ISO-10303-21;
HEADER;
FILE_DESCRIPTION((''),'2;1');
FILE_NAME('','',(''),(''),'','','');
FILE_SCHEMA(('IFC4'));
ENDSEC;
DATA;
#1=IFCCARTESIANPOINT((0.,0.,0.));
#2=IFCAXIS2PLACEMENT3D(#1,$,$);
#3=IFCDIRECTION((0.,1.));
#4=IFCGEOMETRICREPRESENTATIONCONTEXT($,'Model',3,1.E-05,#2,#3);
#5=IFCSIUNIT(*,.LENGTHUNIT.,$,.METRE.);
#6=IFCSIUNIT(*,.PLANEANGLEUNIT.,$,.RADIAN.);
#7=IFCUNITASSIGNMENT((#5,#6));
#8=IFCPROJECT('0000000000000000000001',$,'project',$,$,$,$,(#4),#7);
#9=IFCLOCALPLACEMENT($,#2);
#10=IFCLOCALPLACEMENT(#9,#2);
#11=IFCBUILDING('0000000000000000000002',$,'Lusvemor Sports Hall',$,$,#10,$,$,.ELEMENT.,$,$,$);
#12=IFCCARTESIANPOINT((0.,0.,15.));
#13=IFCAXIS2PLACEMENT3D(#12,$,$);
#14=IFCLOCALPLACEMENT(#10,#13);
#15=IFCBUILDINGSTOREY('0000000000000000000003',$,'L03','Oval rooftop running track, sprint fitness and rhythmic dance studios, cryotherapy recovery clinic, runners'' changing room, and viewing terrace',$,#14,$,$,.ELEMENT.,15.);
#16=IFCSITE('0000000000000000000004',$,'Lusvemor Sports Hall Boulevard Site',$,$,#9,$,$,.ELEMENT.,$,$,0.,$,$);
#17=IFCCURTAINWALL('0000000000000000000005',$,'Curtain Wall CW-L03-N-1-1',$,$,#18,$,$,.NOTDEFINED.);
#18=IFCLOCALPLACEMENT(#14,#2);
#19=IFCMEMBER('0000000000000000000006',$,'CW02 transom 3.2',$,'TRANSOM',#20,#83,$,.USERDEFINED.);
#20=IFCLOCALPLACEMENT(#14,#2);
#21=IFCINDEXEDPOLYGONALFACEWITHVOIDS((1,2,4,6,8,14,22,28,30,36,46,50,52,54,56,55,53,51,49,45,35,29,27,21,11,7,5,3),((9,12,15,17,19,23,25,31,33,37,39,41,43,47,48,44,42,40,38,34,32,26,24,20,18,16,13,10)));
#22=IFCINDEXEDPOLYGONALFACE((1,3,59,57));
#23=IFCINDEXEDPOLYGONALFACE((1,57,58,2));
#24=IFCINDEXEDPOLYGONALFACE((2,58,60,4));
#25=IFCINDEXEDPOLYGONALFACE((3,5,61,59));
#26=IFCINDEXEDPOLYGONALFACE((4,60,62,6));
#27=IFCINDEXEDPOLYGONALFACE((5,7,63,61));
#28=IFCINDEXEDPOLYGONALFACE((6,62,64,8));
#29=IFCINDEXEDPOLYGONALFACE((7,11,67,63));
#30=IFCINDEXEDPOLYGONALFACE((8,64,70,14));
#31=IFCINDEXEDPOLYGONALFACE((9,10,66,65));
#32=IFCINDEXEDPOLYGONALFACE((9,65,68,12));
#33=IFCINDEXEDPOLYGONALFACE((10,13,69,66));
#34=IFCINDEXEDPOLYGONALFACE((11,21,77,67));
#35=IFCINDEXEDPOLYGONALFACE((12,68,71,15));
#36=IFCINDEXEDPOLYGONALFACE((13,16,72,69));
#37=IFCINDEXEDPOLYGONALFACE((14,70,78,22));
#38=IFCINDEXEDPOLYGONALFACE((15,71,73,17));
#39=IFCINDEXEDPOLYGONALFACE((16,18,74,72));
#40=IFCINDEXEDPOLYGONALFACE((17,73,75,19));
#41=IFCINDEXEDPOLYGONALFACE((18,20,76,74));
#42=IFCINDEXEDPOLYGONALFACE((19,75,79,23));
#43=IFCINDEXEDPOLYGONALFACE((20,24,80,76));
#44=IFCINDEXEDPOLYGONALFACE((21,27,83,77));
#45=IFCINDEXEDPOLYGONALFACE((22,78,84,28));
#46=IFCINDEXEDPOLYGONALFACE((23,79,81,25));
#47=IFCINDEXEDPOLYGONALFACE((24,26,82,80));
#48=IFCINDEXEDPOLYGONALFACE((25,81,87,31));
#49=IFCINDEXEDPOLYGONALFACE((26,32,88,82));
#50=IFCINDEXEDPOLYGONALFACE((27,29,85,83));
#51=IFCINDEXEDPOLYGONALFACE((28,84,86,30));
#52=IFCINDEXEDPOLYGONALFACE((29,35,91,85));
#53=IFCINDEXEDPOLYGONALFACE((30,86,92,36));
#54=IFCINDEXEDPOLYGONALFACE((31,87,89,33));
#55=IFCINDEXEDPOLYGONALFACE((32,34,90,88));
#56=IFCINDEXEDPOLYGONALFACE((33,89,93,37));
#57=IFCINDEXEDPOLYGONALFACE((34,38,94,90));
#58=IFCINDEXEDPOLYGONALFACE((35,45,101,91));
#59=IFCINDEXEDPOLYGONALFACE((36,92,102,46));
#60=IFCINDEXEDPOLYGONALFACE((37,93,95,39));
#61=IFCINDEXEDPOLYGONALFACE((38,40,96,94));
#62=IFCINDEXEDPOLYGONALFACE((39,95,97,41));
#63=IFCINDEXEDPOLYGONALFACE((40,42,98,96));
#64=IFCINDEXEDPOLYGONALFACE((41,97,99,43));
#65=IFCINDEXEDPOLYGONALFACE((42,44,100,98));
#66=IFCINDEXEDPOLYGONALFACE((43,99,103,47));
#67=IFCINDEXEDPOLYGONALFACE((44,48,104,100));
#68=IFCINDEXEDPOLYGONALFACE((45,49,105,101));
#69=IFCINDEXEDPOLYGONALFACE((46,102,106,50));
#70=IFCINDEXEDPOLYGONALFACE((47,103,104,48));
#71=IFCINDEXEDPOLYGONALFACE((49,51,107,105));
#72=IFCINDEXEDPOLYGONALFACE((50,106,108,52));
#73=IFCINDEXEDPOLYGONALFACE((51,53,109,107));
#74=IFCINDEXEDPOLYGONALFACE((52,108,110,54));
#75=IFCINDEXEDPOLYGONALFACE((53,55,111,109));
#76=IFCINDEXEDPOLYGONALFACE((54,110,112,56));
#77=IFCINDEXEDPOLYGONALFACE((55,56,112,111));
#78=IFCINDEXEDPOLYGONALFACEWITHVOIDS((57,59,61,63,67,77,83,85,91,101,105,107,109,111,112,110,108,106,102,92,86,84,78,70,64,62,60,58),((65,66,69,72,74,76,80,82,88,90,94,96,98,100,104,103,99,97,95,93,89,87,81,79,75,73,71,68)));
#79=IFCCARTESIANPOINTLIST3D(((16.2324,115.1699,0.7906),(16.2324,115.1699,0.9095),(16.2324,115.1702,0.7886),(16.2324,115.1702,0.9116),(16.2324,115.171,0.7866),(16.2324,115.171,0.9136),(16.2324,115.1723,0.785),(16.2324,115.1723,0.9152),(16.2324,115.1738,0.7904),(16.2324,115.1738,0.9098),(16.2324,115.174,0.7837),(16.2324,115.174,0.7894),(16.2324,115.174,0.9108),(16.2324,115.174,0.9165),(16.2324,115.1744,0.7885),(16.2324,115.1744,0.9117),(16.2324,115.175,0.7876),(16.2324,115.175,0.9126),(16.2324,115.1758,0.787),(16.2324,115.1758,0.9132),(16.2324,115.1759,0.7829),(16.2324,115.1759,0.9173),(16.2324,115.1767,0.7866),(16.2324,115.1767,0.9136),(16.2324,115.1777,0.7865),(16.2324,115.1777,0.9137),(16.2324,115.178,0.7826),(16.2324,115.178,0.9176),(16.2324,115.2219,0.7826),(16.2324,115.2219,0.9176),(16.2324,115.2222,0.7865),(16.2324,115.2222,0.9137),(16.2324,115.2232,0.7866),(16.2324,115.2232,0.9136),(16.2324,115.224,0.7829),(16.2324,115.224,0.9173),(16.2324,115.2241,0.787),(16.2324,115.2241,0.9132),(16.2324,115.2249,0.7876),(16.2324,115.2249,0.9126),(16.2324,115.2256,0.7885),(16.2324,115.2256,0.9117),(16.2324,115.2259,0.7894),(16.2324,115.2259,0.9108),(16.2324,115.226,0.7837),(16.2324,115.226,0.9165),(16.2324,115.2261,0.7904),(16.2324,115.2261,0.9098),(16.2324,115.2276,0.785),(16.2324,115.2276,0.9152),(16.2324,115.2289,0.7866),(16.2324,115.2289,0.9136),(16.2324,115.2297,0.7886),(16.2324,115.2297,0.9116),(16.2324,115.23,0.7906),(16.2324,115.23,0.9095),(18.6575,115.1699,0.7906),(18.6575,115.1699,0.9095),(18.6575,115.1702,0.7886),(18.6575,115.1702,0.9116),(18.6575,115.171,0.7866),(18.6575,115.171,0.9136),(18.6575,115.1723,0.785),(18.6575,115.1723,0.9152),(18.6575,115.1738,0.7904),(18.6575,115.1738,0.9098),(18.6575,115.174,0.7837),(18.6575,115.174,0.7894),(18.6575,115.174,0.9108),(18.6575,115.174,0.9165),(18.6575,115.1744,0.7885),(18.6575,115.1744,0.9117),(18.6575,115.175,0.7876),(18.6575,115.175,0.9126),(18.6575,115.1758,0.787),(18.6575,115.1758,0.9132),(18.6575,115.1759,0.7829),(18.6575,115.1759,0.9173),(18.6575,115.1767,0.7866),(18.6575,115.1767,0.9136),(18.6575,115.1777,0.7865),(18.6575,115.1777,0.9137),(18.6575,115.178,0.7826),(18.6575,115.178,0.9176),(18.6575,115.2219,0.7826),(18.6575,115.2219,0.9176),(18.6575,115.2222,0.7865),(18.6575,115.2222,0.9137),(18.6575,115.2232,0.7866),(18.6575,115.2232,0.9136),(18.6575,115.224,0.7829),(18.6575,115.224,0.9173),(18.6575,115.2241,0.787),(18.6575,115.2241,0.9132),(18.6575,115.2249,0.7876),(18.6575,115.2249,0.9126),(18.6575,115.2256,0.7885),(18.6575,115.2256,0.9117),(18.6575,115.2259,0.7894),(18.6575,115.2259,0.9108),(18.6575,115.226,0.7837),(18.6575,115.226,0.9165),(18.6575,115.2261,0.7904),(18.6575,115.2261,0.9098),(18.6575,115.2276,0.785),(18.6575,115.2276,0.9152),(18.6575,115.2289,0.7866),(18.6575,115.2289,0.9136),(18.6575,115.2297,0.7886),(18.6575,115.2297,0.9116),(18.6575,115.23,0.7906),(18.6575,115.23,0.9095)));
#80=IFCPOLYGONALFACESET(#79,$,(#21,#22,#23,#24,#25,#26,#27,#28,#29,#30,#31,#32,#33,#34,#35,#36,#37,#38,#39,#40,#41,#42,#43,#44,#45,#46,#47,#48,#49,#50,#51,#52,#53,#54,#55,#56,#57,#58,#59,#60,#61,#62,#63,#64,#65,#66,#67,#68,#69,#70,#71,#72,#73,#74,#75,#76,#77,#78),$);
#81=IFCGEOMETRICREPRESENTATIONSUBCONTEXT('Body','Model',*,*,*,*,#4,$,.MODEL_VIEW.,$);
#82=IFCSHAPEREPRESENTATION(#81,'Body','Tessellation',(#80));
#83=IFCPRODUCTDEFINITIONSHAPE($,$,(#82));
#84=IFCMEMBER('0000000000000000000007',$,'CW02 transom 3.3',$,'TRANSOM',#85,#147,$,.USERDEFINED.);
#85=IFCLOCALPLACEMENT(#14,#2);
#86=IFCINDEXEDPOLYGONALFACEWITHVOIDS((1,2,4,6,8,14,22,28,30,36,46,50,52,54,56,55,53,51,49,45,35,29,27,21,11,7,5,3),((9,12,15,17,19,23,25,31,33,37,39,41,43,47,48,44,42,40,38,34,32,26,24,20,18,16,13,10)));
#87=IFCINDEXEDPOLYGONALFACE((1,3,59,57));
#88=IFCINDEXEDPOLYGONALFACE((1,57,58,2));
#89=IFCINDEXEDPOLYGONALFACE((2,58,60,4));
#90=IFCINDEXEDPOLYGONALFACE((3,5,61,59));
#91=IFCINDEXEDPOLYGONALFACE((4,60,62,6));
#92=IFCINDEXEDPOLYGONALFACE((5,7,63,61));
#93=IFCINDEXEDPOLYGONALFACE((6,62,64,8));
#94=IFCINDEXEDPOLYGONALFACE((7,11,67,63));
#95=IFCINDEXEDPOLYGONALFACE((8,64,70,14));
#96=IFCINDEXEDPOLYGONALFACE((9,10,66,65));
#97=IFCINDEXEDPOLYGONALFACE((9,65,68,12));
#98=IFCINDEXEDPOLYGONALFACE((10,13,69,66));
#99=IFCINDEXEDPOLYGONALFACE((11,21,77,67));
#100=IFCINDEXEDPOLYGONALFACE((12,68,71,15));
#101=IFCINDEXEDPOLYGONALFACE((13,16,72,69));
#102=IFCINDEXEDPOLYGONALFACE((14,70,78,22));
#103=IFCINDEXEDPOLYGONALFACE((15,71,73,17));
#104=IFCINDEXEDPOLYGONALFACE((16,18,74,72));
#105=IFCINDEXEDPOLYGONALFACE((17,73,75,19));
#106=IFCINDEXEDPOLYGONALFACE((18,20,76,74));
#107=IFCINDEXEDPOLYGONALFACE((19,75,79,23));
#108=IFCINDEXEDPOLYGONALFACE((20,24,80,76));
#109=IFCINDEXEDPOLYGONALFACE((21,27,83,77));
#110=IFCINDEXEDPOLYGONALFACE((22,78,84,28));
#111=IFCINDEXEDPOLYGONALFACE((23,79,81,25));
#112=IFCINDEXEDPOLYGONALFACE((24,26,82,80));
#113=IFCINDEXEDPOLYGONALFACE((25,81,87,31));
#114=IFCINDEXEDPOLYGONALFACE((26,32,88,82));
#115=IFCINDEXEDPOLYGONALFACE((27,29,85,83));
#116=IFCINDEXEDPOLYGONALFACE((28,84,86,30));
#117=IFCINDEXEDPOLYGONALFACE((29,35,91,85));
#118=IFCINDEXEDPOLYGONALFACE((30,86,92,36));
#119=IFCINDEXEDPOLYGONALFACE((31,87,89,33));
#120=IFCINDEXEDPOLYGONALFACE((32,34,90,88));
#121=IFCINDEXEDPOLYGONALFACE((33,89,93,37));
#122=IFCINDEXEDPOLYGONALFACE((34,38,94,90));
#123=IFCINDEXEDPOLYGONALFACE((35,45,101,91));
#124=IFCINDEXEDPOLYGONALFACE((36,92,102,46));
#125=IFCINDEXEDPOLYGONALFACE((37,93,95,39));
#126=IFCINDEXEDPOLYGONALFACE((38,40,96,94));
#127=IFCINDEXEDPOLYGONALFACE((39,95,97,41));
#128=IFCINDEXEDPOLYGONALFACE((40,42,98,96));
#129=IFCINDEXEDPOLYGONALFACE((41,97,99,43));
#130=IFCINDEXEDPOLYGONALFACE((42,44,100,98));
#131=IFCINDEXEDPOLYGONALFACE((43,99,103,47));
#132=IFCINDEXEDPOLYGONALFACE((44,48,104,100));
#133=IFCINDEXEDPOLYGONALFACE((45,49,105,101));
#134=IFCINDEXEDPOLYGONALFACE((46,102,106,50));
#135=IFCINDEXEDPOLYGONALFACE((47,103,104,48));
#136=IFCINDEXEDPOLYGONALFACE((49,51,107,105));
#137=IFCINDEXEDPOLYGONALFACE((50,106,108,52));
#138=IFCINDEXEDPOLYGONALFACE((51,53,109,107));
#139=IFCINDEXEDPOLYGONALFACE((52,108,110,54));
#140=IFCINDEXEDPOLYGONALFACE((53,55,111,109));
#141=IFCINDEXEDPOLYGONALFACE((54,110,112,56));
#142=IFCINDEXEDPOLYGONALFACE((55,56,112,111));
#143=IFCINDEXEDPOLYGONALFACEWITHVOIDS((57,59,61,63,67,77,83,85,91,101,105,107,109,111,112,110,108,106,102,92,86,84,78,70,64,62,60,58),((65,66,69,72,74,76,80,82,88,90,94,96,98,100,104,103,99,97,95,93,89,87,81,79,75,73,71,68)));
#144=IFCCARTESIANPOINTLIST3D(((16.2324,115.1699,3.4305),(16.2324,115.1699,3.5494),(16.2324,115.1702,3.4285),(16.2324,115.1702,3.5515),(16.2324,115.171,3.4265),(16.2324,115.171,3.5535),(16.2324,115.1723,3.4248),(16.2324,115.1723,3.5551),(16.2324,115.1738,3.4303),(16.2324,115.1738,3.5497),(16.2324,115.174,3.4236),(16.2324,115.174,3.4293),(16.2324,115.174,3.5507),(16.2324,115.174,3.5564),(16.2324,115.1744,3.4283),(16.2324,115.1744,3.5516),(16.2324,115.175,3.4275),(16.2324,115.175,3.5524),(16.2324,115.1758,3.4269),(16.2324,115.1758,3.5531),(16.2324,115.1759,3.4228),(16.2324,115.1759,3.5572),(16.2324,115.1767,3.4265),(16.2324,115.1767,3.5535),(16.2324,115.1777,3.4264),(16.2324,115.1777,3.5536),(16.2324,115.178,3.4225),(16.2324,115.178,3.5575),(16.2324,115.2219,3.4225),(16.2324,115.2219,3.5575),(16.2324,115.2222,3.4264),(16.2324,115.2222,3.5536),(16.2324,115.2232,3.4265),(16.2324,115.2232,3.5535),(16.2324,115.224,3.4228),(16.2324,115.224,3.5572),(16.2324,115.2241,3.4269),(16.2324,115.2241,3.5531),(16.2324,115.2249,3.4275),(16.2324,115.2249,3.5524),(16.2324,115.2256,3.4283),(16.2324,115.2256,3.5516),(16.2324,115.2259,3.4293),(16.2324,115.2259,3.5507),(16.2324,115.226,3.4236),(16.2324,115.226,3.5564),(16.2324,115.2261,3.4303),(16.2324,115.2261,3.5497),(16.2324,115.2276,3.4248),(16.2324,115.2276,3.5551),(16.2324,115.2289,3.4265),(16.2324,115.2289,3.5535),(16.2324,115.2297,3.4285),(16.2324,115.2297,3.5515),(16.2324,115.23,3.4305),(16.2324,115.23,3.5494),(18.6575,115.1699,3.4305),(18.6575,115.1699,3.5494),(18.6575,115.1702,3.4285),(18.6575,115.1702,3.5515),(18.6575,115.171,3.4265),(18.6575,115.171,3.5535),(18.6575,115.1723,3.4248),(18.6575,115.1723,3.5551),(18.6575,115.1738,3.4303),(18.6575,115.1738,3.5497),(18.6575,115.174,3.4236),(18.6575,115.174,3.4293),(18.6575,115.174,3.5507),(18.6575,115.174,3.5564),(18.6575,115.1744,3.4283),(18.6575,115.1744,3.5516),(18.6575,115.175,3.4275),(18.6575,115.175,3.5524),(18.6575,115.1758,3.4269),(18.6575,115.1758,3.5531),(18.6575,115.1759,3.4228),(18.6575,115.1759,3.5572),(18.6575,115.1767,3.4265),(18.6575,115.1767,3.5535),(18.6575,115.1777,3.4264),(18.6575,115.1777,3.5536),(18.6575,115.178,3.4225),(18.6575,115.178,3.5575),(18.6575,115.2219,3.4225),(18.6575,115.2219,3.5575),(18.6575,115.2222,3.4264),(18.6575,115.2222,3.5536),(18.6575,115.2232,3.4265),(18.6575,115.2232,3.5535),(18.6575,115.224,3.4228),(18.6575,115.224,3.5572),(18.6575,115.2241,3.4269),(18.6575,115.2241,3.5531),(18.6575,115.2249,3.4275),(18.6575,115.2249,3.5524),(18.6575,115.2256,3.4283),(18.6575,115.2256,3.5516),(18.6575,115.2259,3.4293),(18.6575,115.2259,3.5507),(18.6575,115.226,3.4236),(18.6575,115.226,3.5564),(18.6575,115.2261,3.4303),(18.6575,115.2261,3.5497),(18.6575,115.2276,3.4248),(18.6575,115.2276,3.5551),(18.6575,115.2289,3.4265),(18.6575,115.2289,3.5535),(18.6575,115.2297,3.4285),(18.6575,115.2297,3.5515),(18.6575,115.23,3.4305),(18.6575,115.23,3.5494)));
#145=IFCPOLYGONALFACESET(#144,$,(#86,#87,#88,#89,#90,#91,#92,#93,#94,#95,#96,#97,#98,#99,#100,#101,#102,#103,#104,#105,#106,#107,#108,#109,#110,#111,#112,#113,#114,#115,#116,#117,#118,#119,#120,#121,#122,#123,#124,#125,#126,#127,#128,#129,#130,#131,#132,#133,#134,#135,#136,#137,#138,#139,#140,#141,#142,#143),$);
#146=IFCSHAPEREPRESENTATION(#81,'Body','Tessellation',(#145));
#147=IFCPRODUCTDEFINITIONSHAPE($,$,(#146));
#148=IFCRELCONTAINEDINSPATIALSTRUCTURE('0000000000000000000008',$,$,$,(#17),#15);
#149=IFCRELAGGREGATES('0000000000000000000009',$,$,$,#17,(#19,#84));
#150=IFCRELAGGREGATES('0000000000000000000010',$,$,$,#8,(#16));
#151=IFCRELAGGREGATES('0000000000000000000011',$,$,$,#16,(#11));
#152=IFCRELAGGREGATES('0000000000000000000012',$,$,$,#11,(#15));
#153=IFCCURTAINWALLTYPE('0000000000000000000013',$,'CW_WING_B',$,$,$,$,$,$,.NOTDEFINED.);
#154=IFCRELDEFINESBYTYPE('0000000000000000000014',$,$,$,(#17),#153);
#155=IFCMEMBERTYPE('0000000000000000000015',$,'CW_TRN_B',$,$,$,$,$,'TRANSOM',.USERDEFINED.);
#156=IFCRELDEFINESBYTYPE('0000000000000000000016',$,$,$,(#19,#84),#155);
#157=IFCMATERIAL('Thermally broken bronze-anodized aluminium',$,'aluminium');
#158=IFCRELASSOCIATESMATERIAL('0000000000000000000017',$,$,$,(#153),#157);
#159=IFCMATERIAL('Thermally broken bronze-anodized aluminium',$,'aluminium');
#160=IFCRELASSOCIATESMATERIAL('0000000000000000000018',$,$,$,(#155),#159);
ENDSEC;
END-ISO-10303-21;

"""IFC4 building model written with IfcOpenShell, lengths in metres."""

from ifc_helpers import new_model, si_unit, direction, frame, origin, origin_2d, place, context, subcontext, project, spatial, hollow_rectangle, extrude, material, material_profile, profile_set, type_object, element, aggregate, save


model = new_model("IFC4")

# Units and contexts
model_context = context("Model", 3, precision=1e-05, world=origin(), true_north=direction((0.0, 1.0)))
body_context = subcontext(model_context, "Body", "Model", "MODEL_VIEW")
ifc_project = project(units=[si_unit("LENGTHUNIT", "METRE"), si_unit("PLANEANGLEUNIT", "RADIAN")], contexts=[model_context])

# Site, building, storey
site_placement = place(None, origin())
site = spatial("IfcSite", under=ifc_project, at=site_placement, Name="Lusvemor Sports Hall Boulevard Site", CompositionType="ELEMENT", RefElevation=0.0)
building_placement = place(site_placement, origin())
building = spatial("IfcBuilding", under=site, at=building_placement, Name="Lusvemor Sports Hall", CompositionType="ELEMENT")
storey_placement = place(building_placement, frame((0.0, 0.0, 15.0)))
storey = spatial("IfcBuildingStorey", under=building, at=storey_placement, Name="L03", Description="Oval rooftop running track, sprint fitness and rhythmic dance studios, cryotherapy recovery clinic, runners' changing room, and viewing terrace", CompositionType="ELEMENT", Elevation=15.0)

# Curtain wall, members
ifc_material_1 = material(Name="Thermally broken bronze-anodized aluminium", Category="aluminium")
curtain_wall_type = type_object("IfcCurtainWallType", Name="CW_WING_B", PredefinedType="NOTDEFINED", material=ifc_material_1)
curtain_wall_placement = place(storey_placement, origin())
curtain_wall = element("IfcCurtainWall", 1, at=curtain_wall_placement, inside=storey, type_object=curtain_wall_type, Name="Curtain Wall CW-L03-N-1-1", PredefinedType="NOTDEFINED")
ifc_material_2 = material(Name="Thermally broken bronze-anodized aluminium", Category="aluminium")
ifc_material_profile_1 = material_profile(ifc_material_2, hollow_rectangle(XDim=0.0601, YDim=0.135, WallThickness=0.0039, InnerFilletRadius=0.0039, OuterFilletRadius=0.0081, at=origin_2d()), Name="CWTRN135x60x4")
ifc_profile_set_1 = profile_set([ifc_material_profile_1], Name="Thermally broken bronze-anodized aluminium")
member_type_1 = type_object("IfcMemberType", Name="CW_TRN_B", ElementType="TRANSOM", PredefinedType="USERDEFINED", material=ifc_profile_set_1)
member_1_placement = place(storey_placement, frame((16.2324, 115.2, 0.8501), z_axis=(1.0, 0.0, 0.0), x_axis=(0.0, 1.0, 0.0)))
member_1 = element("IfcMember", 2, at=member_1_placement, type_object=member_type_1, Name="CW02 transom 3.2", ObjectType="TRANSOM", PredefinedType="USERDEFINED", context=body_context, shape_type="SweptSolid", body=[
    extrude(hollow_rectangle(XDim=0.0601, YDim=0.135, WallThickness=0.0039, InnerFilletRadius=0.0039, OuterFilletRadius=0.0081, at=origin_2d()), origin(), (0.0, 0.0, 1.0), 2.425),
])
member_2_placement = place(storey_placement, frame((16.2324, 115.2, 3.49), z_axis=(1.0, 0.0, 0.0), x_axis=(0.0, 1.0, 0.0)))
member_2 = element("IfcMember", 3, at=member_2_placement, type_object=member_type_1, Name="CW02 transom 3.3", ObjectType="TRANSOM", PredefinedType="USERDEFINED", context=body_context, shape_type="SweptSolid", body=[
    extrude(hollow_rectangle(XDim=0.0601, YDim=0.135, WallThickness=0.0039, InnerFilletRadius=0.0039, OuterFilletRadius=0.0081, at=origin_2d()), origin(), (0.0, 0.0, 1.0), 2.425),
])

aggregate(curtain_wall, [member_1, member_2])

save(model, "model.ifc")
